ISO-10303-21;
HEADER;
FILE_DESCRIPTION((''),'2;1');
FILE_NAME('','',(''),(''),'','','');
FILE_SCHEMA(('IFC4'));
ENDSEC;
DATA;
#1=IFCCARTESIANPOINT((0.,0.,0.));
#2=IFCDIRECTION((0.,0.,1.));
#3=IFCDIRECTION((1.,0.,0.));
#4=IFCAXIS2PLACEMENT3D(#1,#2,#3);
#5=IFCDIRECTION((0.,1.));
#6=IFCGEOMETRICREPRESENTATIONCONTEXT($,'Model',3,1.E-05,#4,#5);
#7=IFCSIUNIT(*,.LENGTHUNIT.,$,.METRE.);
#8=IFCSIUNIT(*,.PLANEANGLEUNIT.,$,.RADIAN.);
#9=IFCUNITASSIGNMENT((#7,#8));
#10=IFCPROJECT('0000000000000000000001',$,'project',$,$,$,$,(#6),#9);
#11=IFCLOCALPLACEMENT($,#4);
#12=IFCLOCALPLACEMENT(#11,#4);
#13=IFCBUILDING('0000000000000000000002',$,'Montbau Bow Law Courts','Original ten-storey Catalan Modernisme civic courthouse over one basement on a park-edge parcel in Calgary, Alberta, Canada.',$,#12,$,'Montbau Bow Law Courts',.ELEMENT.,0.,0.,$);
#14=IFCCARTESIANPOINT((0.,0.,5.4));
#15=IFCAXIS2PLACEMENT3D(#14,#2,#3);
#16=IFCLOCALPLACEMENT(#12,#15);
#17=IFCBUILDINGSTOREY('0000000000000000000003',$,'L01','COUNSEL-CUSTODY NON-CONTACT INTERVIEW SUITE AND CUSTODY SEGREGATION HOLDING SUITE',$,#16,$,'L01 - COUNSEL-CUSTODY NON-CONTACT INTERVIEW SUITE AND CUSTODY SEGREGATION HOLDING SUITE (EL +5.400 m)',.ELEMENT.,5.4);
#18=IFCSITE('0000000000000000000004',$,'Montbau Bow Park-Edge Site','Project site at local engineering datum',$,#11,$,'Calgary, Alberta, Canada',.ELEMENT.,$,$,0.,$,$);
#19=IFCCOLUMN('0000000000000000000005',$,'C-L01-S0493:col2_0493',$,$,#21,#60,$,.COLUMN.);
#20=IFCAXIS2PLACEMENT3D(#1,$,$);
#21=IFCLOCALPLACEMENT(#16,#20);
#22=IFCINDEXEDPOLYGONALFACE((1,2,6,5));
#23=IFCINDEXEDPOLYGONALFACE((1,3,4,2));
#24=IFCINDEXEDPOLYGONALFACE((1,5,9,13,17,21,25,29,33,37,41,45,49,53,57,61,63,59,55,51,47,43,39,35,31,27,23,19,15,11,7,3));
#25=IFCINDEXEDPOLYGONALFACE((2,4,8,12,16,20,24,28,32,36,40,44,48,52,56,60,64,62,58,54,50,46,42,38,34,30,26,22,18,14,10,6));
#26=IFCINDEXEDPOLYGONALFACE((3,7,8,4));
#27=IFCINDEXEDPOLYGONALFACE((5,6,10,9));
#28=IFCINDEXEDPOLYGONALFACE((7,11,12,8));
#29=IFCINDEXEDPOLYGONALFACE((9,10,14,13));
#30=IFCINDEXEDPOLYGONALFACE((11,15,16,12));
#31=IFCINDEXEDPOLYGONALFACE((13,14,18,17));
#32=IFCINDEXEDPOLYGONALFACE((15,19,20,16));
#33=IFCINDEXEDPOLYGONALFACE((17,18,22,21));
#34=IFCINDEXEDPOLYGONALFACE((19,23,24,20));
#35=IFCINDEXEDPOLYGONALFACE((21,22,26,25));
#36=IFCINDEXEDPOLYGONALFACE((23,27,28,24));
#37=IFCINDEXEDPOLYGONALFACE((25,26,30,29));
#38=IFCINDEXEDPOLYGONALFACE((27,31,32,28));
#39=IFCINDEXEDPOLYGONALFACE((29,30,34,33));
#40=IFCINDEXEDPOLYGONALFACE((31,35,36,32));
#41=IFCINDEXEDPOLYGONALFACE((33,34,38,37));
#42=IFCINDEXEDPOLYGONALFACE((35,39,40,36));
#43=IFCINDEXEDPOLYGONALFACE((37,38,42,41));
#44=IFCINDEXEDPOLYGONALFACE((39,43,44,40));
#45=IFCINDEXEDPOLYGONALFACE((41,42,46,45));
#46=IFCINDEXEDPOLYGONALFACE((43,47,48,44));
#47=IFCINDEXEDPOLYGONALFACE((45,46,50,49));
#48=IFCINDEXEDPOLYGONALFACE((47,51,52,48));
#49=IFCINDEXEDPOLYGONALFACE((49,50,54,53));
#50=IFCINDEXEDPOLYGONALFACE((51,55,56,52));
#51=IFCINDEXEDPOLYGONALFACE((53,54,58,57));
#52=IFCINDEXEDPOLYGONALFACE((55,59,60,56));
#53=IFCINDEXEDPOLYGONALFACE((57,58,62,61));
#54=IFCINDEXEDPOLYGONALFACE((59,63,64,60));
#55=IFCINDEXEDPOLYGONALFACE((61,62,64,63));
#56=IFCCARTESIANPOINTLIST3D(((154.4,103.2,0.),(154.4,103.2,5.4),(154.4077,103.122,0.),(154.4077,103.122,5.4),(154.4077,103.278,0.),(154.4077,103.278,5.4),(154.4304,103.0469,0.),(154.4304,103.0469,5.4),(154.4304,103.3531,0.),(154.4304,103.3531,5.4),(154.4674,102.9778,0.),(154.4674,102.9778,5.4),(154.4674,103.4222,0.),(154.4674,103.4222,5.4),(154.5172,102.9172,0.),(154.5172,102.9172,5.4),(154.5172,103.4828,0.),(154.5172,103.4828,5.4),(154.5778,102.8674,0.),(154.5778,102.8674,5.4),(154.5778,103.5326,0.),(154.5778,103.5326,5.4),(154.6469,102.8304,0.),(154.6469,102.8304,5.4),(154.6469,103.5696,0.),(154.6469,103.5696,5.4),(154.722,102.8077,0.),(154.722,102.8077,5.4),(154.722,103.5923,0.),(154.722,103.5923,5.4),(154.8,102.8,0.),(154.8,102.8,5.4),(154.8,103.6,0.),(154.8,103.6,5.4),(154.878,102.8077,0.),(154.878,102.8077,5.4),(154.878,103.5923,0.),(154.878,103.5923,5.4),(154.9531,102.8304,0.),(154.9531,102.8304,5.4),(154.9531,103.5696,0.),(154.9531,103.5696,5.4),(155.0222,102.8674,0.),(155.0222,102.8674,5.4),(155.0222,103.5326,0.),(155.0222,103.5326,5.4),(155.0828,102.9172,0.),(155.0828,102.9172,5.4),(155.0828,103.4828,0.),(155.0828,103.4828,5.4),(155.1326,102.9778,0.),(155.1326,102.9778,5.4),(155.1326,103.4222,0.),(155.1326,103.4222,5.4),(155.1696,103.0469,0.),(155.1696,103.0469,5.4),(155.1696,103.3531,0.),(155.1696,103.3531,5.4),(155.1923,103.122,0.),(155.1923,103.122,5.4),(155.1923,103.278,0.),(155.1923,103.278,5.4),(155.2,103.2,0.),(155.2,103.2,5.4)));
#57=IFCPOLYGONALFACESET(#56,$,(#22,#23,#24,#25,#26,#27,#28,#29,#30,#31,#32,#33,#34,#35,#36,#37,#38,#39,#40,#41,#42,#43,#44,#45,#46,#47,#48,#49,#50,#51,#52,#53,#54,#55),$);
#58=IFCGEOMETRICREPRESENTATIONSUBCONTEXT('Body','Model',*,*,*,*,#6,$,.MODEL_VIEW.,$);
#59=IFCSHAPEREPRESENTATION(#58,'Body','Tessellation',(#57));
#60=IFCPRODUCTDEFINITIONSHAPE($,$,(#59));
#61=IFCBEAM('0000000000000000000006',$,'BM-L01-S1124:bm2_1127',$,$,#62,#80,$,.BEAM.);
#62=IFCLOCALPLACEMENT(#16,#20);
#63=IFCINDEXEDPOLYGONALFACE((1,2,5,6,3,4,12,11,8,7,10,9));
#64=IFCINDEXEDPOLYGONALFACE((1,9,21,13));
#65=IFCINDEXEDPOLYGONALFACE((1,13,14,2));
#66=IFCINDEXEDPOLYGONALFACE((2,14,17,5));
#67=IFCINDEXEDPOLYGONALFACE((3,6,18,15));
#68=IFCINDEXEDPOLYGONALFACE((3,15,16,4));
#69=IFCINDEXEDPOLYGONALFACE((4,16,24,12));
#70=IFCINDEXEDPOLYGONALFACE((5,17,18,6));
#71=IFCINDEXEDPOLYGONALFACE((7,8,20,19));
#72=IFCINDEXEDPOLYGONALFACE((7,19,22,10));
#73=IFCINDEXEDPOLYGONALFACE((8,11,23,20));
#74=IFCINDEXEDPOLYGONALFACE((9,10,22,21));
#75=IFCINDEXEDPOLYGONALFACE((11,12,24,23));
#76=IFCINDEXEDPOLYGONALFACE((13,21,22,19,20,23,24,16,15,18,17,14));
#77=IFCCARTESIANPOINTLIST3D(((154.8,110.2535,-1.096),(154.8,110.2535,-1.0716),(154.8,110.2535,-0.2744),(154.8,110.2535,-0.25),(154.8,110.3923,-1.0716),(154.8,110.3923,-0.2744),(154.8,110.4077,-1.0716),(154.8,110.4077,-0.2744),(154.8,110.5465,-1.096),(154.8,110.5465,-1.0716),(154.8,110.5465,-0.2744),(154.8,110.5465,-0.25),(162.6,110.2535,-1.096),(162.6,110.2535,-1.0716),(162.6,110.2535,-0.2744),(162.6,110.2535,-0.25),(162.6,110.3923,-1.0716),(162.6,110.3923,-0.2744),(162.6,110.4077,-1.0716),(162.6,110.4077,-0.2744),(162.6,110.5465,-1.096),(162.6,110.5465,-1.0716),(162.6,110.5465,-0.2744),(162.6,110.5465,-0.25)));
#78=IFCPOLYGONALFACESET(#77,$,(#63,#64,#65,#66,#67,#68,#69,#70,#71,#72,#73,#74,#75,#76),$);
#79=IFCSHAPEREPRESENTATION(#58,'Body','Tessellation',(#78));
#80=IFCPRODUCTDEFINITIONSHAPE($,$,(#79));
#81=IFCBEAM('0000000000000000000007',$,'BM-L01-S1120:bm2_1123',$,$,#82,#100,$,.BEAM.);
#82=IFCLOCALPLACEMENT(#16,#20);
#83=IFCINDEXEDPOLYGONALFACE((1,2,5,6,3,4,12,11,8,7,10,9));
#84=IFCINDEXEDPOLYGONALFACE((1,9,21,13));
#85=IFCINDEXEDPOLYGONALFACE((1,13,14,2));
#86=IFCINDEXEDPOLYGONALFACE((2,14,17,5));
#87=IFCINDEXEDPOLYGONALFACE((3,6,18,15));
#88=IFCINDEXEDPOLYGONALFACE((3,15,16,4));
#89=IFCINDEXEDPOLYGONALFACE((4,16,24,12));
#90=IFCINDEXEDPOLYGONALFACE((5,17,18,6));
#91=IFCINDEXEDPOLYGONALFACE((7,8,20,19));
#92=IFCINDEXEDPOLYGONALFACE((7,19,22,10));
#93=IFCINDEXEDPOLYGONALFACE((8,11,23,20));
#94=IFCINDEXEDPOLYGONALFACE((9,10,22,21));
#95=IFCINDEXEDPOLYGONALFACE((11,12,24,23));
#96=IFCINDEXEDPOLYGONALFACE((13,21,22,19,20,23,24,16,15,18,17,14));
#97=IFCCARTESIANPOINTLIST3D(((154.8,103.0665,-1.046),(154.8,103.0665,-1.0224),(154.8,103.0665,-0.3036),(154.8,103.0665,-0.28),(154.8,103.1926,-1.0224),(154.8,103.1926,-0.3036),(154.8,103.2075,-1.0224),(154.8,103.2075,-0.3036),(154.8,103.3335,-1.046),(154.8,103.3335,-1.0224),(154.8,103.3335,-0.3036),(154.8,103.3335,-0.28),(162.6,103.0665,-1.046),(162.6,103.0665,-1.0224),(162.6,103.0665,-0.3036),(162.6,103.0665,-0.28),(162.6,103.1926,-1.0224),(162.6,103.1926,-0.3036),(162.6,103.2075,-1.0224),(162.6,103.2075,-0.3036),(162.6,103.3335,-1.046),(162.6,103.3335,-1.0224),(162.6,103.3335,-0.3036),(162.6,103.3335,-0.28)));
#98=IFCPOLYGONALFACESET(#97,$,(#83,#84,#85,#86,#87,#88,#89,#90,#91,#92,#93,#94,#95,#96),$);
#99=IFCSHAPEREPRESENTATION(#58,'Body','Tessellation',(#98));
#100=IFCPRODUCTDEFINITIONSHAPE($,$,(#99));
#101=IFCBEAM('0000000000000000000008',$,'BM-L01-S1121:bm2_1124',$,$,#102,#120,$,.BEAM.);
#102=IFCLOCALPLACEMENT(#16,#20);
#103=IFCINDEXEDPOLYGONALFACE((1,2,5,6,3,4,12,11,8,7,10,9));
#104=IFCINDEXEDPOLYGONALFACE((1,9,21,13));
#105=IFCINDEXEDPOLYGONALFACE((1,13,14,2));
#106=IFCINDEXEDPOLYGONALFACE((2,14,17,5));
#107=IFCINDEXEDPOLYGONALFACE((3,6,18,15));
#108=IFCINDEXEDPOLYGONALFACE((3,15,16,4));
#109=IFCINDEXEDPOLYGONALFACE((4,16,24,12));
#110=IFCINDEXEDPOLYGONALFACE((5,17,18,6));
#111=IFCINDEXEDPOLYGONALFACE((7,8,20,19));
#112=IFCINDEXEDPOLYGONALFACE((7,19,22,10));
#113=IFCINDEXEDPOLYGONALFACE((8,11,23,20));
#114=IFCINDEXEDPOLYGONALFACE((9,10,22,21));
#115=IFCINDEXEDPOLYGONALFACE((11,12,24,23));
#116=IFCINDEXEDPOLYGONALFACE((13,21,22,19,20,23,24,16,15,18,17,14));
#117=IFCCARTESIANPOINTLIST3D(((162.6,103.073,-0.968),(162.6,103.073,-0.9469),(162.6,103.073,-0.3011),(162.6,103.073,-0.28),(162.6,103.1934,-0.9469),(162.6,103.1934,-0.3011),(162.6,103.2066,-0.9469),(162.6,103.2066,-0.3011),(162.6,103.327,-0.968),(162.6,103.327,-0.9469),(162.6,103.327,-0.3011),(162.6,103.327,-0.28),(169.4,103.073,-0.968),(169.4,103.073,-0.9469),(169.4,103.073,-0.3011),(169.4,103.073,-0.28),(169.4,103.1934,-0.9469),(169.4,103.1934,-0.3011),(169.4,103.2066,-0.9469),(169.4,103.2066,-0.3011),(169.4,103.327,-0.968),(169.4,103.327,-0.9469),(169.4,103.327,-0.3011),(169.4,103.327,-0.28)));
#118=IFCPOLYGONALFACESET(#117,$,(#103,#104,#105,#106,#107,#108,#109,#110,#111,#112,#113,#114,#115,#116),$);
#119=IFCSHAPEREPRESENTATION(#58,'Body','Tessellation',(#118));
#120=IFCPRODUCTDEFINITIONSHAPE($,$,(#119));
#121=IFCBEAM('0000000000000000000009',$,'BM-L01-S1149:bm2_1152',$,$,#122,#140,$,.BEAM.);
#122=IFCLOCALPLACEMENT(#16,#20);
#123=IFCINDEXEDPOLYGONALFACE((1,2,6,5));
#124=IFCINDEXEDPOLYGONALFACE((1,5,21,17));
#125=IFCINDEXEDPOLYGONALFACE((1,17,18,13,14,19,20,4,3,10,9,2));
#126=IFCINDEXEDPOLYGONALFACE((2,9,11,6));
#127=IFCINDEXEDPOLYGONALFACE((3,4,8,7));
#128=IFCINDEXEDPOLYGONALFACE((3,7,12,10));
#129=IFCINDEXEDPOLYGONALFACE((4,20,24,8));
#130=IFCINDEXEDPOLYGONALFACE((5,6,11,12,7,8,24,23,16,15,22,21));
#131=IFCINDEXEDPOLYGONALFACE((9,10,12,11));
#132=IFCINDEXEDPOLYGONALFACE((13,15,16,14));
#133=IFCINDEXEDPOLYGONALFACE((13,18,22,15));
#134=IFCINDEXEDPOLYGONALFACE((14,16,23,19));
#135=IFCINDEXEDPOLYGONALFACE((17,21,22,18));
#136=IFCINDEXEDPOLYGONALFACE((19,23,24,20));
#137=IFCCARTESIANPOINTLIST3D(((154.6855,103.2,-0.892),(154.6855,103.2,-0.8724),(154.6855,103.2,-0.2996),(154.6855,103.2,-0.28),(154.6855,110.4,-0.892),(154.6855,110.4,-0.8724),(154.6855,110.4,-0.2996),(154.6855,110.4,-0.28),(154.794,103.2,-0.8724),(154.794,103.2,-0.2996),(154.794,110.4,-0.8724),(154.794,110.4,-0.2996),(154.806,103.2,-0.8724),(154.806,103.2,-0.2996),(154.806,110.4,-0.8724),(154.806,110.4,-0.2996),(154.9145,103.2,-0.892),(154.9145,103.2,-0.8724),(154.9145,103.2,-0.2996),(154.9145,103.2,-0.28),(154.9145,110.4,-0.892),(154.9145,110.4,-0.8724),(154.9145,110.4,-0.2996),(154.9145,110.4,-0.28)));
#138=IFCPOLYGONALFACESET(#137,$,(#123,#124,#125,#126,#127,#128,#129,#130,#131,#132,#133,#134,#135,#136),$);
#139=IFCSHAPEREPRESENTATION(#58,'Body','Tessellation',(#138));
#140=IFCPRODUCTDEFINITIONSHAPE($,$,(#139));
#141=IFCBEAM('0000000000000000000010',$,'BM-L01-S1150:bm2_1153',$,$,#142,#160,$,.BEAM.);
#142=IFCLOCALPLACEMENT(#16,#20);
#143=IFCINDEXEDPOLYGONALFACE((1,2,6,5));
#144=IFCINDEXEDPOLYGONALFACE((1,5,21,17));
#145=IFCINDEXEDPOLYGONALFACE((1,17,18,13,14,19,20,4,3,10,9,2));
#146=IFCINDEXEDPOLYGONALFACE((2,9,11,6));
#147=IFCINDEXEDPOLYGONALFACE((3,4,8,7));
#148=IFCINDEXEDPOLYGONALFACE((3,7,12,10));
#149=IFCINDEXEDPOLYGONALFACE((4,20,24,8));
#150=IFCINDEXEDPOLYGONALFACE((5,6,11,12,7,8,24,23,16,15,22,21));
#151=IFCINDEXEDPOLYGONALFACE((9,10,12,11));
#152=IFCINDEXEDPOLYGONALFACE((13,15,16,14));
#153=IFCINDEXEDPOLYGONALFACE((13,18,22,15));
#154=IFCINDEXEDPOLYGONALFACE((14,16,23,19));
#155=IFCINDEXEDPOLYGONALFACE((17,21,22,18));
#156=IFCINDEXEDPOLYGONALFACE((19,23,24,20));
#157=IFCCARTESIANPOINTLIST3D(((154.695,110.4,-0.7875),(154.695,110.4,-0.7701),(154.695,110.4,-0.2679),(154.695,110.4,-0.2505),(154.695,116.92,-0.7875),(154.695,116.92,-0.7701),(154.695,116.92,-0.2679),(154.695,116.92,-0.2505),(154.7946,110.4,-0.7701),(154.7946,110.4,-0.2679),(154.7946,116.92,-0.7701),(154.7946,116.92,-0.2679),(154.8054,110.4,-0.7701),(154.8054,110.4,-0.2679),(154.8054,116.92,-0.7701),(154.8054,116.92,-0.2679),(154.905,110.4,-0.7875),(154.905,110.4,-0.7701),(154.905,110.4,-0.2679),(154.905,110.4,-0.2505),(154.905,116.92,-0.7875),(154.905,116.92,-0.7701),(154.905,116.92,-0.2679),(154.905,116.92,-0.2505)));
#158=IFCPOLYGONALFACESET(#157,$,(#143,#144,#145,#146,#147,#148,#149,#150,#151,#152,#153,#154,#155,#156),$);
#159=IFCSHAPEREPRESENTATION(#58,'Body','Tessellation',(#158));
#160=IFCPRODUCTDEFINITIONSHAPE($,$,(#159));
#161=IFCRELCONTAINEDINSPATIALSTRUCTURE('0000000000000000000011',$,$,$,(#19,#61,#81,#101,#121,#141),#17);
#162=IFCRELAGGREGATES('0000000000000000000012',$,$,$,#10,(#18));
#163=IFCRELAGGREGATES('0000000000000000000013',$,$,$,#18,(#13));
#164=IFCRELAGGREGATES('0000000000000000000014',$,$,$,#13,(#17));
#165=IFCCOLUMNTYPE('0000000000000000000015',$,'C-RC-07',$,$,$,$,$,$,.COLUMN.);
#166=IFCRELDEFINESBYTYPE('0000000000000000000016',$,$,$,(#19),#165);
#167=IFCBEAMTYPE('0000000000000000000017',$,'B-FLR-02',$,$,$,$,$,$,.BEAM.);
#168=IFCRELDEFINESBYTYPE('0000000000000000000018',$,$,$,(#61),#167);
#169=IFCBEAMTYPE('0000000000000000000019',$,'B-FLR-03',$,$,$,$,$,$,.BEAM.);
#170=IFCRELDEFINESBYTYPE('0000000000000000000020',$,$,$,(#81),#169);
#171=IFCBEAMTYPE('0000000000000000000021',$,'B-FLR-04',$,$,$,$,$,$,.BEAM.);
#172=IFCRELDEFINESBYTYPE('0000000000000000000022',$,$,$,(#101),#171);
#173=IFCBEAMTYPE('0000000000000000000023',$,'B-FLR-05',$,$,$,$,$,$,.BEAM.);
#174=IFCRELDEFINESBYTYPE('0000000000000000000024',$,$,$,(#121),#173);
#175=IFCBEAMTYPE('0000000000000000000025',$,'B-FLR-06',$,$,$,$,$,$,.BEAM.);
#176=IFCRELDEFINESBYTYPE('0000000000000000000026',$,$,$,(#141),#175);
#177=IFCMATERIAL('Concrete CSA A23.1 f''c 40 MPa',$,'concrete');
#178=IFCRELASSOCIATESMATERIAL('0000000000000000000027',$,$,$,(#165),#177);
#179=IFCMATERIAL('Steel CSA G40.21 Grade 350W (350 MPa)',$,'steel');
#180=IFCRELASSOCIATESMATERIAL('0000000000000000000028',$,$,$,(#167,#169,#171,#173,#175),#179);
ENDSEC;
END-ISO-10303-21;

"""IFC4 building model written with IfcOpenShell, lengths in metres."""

from ifc_helpers import new_model, si_unit, direction, frame, origin_with_axes, origin_2d_with_axis, place, context, subcontext, project, spatial, circle, i_section, extrude, material, material_profile, profile_set, type_object, element, save


model = new_model("IFC4")

# Units and contexts
model_context = context("Model", 3, precision=1e-05, world=origin_with_axes(), true_north=direction((0.0, 1.0)))
body_context = subcontext(model_context, "Body", "Model", "MODEL_VIEW")
ifc_project = project(units=[si_unit("LENGTHUNIT", "METRE"), si_unit("PLANEANGLEUNIT", "RADIAN")], contexts=[model_context])

# Site, building, storey
site_placement = place(None, origin_with_axes())
site = spatial("IfcSite", under=ifc_project, at=site_placement, Name="Montbau Bow Park-Edge Site", Description="Project site at local engineering datum", LongName="Calgary, Alberta, Canada", CompositionType="ELEMENT", RefElevation=0.0)
building_placement = place(site_placement, origin_with_axes())
building = spatial("IfcBuilding", under=site, at=building_placement, Name="Montbau Bow Law Courts", Description="Original ten-storey Catalan Modernisme civic courthouse over one basement on a park-edge parcel in Calgary, Alberta, Canada.", LongName="Montbau Bow Law Courts", CompositionType="ELEMENT", ElevationOfRefHeight=0.0, ElevationOfTerrain=0.0)
storey_placement = place(building_placement, frame((0.0, 0.0, 5.4), z_axis=(0.0, 0.0, 1.0), x_axis=(1.0, 0.0, 0.0)))
storey = spatial("IfcBuildingStorey", under=building, at=storey_placement, Name="L01", Description="COUNSEL-CUSTODY NON-CONTACT INTERVIEW SUITE AND CUSTODY SEGREGATION HOLDING SUITE", LongName="L01 - COUNSEL-CUSTODY NON-CONTACT INTERVIEW SUITE AND CUSTODY SEGREGATION HOLDING SUITE (EL +5.400 m)", CompositionType="ELEMENT", Elevation=5.4)

# Column
ifc_material_1 = material(Name="Concrete CSA A23.1 f'c 40 MPa", Category="concrete")
ifc_material_profile_1 = material_profile(ifc_material_1, circle(Radius=0.4, at=origin_2d_with_axis()), Name="RC800D", Category="Main", Priority=0)
ifc_profile_set_1 = profile_set([ifc_material_profile_1], Name="Concrete CSA A23.1 f'c 40 MPa")
column_type = type_object("IfcColumnType", Name="C-RC-07", PredefinedType="COLUMN", material=ifc_profile_set_1)
column_placement = place(None, frame((154.8, 103.2, 5.4), z_axis=(0.0, 0.0, 1.0), x_axis=(1.0, 0.0, 0.0)))
element("IfcColumn", 1, at=column_placement, inside=storey, type_object=column_type, Name="C-L01-S0493:col2_0493", PredefinedType="COLUMN", context=body_context, shape_type="SweptSolid", body=[
    extrude(circle(Radius=0.4, at=origin_2d_with_axis()), origin_with_axes(), (0.0, 0.0, 1.0), 5.4),
])

# Beams
ifc_material_2 = material(Name="Steel CSA G40.21 Grade 350W (350 MPa)", Category="steel")
ifc_material_profile_2 = material_profile(ifc_material_2, i_section(OverallWidth=0.293, OverallDepth=0.846, WebThickness=0.0154, FlangeThickness=0.0244, at=origin_2d_with_axis()), Name="W840X210", Category="Main", Priority=0)
ifc_profile_set_2 = profile_set([ifc_material_profile_2], Name="Steel CSA G40.21 Grade 350W (350 MPa)")
beam_type_1 = type_object("IfcBeamType", Name="B-FLR-02", PredefinedType="BEAM", material=ifc_profile_set_2)
beam_1_placement = place(None, frame((154.8, 110.4, 4.727), z_axis=(1.0, 0.0, 0.0), x_axis=(0.0, 1.0, 0.0)))
element("IfcBeam", 2, at=beam_1_placement, inside=storey, type_object=beam_type_1, Name="BM-L01-S1124:bm2_1127", PredefinedType="BEAM", context=body_context, shape_type="SweptSolid", body=[
    extrude(i_section(OverallWidth=0.293, OverallDepth=0.846, WebThickness=0.0154, FlangeThickness=0.0244, at=origin_2d_with_axis()), origin_with_axes(), (0.0, 0.0, 1.0), 7.8),
])
ifc_material_profile_3 = material_profile(ifc_material_2, i_section(OverallWidth=0.267, OverallDepth=0.766, WebThickness=0.0149, FlangeThickness=0.0236, at=origin_2d_with_axis()), Name="W760X185", Category="Main", Priority=0)
ifc_profile_set_3 = profile_set([ifc_material_profile_3], Name="Steel CSA G40.21 Grade 350W (350 MPa)")
beam_type_2 = type_object("IfcBeamType", Name="B-FLR-03", PredefinedType="BEAM", material=ifc_profile_set_3)
beam_2_placement = place(None, frame((154.8, 103.2, 4.737), z_axis=(1.0, 0.0, 0.0), x_axis=(0.0, 1.0, 0.0)))
element("IfcBeam", 3, at=beam_2_placement, inside=storey, type_object=beam_type_2, Name="BM-L01-S1120:bm2_1123", PredefinedType="BEAM", context=body_context, shape_type="SweptSolid", body=[
    extrude(i_section(OverallWidth=0.267, OverallDepth=0.766, WebThickness=0.0149, FlangeThickness=0.0236, at=origin_2d_with_axis()), origin_with_axes(), (0.0, 0.0, 1.0), 7.8),
])
ifc_material_profile_4 = material_profile(ifc_material_2, i_section(OverallWidth=0.254, OverallDepth=0.688, WebThickness=0.0131, FlangeThickness=0.0211, at=origin_2d_with_axis()), Name="W690X152", Category="Main", Priority=0)
ifc_profile_set_4 = profile_set([ifc_material_profile_4], Name="Steel CSA G40.21 Grade 350W (350 MPa)")
beam_type_3 = type_object("IfcBeamType", Name="B-FLR-04", PredefinedType="BEAM", material=ifc_profile_set_4)
beam_3_placement = place(None, frame((162.6, 103.2, 4.776), z_axis=(1.0, 0.0, 0.0), x_axis=(0.0, 1.0, 0.0)))
element("IfcBeam", 4, at=beam_3_placement, inside=storey, type_object=beam_type_3, Name="BM-L01-S1121:bm2_1124", PredefinedType="BEAM", context=body_context, shape_type="SweptSolid", body=[
    extrude(i_section(OverallWidth=0.254, OverallDepth=0.688, WebThickness=0.0131, FlangeThickness=0.0211, at=origin_2d_with_axis()), origin_with_axes(), (0.0, 0.0, 1.0), 6.8),
])
ifc_material_profile_5 = material_profile(ifc_material_2, i_section(OverallWidth=0.229, OverallDepth=0.612, WebThickness=0.0119, FlangeThickness=0.0196, at=origin_2d_with_axis()), Name="W610X125", Category="Main", Priority=0)
ifc_profile_set_5 = profile_set([ifc_material_profile_5], Name="Steel CSA G40.21 Grade 350W (350 MPa)")
beam_type_4 = type_object("IfcBeamType", Name="B-FLR-05", PredefinedType="BEAM", material=ifc_profile_set_5)
beam_4_placement = place(None, frame((154.8, 103.2, 4.814), z_axis=(0.0, 1.0, 0.0), x_axis=(-1.0, 0.0, 0.0)))
element("IfcBeam", 5, at=beam_4_placement, inside=storey, type_object=beam_type_4, Name="BM-L01-S1149:bm2_1152", PredefinedType="BEAM", context=body_context, shape_type="SweptSolid", body=[
    extrude(i_section(OverallWidth=0.229, OverallDepth=0.612, WebThickness=0.0119, FlangeThickness=0.0196, at=origin_2d_with_axis()), origin_with_axes(), (0.0, 0.0, 1.0), 7.2),
])
ifc_material_profile_6 = material_profile(ifc_material_2, i_section(OverallWidth=0.21, OverallDepth=0.537, WebThickness=0.0109, FlangeThickness=0.0174, at=origin_2d_with_axis()), Name="W530X101", Category="Main", Priority=0)
ifc_profile_set_6 = profile_set([ifc_material_profile_6], Name="Steel CSA G40.21 Grade 350W (350 MPa)")
beam_type_5 = type_object("IfcBeamType", Name="B-FLR-06", PredefinedType="BEAM", material=ifc_profile_set_6)
beam_5_placement = place(None, frame((154.8, 110.4, 4.881), z_axis=(0.0, 1.0, 0.0), x_axis=(-1.0, 0.0, 0.0)))
element("IfcBeam", 6, at=beam_5_placement, inside=storey, type_object=beam_type_5, Name="BM-L01-S1150:bm2_1153", PredefinedType="BEAM", context=body_context, shape_type="SweptSolid", body=[
    extrude(i_section(OverallWidth=0.21, OverallDepth=0.537, WebThickness=0.0109, FlangeThickness=0.0174, at=origin_2d_with_axis()), origin_with_axes(), (0.0, 0.0, 1.0), 6.52),
])

save(model, "model.ifc")
